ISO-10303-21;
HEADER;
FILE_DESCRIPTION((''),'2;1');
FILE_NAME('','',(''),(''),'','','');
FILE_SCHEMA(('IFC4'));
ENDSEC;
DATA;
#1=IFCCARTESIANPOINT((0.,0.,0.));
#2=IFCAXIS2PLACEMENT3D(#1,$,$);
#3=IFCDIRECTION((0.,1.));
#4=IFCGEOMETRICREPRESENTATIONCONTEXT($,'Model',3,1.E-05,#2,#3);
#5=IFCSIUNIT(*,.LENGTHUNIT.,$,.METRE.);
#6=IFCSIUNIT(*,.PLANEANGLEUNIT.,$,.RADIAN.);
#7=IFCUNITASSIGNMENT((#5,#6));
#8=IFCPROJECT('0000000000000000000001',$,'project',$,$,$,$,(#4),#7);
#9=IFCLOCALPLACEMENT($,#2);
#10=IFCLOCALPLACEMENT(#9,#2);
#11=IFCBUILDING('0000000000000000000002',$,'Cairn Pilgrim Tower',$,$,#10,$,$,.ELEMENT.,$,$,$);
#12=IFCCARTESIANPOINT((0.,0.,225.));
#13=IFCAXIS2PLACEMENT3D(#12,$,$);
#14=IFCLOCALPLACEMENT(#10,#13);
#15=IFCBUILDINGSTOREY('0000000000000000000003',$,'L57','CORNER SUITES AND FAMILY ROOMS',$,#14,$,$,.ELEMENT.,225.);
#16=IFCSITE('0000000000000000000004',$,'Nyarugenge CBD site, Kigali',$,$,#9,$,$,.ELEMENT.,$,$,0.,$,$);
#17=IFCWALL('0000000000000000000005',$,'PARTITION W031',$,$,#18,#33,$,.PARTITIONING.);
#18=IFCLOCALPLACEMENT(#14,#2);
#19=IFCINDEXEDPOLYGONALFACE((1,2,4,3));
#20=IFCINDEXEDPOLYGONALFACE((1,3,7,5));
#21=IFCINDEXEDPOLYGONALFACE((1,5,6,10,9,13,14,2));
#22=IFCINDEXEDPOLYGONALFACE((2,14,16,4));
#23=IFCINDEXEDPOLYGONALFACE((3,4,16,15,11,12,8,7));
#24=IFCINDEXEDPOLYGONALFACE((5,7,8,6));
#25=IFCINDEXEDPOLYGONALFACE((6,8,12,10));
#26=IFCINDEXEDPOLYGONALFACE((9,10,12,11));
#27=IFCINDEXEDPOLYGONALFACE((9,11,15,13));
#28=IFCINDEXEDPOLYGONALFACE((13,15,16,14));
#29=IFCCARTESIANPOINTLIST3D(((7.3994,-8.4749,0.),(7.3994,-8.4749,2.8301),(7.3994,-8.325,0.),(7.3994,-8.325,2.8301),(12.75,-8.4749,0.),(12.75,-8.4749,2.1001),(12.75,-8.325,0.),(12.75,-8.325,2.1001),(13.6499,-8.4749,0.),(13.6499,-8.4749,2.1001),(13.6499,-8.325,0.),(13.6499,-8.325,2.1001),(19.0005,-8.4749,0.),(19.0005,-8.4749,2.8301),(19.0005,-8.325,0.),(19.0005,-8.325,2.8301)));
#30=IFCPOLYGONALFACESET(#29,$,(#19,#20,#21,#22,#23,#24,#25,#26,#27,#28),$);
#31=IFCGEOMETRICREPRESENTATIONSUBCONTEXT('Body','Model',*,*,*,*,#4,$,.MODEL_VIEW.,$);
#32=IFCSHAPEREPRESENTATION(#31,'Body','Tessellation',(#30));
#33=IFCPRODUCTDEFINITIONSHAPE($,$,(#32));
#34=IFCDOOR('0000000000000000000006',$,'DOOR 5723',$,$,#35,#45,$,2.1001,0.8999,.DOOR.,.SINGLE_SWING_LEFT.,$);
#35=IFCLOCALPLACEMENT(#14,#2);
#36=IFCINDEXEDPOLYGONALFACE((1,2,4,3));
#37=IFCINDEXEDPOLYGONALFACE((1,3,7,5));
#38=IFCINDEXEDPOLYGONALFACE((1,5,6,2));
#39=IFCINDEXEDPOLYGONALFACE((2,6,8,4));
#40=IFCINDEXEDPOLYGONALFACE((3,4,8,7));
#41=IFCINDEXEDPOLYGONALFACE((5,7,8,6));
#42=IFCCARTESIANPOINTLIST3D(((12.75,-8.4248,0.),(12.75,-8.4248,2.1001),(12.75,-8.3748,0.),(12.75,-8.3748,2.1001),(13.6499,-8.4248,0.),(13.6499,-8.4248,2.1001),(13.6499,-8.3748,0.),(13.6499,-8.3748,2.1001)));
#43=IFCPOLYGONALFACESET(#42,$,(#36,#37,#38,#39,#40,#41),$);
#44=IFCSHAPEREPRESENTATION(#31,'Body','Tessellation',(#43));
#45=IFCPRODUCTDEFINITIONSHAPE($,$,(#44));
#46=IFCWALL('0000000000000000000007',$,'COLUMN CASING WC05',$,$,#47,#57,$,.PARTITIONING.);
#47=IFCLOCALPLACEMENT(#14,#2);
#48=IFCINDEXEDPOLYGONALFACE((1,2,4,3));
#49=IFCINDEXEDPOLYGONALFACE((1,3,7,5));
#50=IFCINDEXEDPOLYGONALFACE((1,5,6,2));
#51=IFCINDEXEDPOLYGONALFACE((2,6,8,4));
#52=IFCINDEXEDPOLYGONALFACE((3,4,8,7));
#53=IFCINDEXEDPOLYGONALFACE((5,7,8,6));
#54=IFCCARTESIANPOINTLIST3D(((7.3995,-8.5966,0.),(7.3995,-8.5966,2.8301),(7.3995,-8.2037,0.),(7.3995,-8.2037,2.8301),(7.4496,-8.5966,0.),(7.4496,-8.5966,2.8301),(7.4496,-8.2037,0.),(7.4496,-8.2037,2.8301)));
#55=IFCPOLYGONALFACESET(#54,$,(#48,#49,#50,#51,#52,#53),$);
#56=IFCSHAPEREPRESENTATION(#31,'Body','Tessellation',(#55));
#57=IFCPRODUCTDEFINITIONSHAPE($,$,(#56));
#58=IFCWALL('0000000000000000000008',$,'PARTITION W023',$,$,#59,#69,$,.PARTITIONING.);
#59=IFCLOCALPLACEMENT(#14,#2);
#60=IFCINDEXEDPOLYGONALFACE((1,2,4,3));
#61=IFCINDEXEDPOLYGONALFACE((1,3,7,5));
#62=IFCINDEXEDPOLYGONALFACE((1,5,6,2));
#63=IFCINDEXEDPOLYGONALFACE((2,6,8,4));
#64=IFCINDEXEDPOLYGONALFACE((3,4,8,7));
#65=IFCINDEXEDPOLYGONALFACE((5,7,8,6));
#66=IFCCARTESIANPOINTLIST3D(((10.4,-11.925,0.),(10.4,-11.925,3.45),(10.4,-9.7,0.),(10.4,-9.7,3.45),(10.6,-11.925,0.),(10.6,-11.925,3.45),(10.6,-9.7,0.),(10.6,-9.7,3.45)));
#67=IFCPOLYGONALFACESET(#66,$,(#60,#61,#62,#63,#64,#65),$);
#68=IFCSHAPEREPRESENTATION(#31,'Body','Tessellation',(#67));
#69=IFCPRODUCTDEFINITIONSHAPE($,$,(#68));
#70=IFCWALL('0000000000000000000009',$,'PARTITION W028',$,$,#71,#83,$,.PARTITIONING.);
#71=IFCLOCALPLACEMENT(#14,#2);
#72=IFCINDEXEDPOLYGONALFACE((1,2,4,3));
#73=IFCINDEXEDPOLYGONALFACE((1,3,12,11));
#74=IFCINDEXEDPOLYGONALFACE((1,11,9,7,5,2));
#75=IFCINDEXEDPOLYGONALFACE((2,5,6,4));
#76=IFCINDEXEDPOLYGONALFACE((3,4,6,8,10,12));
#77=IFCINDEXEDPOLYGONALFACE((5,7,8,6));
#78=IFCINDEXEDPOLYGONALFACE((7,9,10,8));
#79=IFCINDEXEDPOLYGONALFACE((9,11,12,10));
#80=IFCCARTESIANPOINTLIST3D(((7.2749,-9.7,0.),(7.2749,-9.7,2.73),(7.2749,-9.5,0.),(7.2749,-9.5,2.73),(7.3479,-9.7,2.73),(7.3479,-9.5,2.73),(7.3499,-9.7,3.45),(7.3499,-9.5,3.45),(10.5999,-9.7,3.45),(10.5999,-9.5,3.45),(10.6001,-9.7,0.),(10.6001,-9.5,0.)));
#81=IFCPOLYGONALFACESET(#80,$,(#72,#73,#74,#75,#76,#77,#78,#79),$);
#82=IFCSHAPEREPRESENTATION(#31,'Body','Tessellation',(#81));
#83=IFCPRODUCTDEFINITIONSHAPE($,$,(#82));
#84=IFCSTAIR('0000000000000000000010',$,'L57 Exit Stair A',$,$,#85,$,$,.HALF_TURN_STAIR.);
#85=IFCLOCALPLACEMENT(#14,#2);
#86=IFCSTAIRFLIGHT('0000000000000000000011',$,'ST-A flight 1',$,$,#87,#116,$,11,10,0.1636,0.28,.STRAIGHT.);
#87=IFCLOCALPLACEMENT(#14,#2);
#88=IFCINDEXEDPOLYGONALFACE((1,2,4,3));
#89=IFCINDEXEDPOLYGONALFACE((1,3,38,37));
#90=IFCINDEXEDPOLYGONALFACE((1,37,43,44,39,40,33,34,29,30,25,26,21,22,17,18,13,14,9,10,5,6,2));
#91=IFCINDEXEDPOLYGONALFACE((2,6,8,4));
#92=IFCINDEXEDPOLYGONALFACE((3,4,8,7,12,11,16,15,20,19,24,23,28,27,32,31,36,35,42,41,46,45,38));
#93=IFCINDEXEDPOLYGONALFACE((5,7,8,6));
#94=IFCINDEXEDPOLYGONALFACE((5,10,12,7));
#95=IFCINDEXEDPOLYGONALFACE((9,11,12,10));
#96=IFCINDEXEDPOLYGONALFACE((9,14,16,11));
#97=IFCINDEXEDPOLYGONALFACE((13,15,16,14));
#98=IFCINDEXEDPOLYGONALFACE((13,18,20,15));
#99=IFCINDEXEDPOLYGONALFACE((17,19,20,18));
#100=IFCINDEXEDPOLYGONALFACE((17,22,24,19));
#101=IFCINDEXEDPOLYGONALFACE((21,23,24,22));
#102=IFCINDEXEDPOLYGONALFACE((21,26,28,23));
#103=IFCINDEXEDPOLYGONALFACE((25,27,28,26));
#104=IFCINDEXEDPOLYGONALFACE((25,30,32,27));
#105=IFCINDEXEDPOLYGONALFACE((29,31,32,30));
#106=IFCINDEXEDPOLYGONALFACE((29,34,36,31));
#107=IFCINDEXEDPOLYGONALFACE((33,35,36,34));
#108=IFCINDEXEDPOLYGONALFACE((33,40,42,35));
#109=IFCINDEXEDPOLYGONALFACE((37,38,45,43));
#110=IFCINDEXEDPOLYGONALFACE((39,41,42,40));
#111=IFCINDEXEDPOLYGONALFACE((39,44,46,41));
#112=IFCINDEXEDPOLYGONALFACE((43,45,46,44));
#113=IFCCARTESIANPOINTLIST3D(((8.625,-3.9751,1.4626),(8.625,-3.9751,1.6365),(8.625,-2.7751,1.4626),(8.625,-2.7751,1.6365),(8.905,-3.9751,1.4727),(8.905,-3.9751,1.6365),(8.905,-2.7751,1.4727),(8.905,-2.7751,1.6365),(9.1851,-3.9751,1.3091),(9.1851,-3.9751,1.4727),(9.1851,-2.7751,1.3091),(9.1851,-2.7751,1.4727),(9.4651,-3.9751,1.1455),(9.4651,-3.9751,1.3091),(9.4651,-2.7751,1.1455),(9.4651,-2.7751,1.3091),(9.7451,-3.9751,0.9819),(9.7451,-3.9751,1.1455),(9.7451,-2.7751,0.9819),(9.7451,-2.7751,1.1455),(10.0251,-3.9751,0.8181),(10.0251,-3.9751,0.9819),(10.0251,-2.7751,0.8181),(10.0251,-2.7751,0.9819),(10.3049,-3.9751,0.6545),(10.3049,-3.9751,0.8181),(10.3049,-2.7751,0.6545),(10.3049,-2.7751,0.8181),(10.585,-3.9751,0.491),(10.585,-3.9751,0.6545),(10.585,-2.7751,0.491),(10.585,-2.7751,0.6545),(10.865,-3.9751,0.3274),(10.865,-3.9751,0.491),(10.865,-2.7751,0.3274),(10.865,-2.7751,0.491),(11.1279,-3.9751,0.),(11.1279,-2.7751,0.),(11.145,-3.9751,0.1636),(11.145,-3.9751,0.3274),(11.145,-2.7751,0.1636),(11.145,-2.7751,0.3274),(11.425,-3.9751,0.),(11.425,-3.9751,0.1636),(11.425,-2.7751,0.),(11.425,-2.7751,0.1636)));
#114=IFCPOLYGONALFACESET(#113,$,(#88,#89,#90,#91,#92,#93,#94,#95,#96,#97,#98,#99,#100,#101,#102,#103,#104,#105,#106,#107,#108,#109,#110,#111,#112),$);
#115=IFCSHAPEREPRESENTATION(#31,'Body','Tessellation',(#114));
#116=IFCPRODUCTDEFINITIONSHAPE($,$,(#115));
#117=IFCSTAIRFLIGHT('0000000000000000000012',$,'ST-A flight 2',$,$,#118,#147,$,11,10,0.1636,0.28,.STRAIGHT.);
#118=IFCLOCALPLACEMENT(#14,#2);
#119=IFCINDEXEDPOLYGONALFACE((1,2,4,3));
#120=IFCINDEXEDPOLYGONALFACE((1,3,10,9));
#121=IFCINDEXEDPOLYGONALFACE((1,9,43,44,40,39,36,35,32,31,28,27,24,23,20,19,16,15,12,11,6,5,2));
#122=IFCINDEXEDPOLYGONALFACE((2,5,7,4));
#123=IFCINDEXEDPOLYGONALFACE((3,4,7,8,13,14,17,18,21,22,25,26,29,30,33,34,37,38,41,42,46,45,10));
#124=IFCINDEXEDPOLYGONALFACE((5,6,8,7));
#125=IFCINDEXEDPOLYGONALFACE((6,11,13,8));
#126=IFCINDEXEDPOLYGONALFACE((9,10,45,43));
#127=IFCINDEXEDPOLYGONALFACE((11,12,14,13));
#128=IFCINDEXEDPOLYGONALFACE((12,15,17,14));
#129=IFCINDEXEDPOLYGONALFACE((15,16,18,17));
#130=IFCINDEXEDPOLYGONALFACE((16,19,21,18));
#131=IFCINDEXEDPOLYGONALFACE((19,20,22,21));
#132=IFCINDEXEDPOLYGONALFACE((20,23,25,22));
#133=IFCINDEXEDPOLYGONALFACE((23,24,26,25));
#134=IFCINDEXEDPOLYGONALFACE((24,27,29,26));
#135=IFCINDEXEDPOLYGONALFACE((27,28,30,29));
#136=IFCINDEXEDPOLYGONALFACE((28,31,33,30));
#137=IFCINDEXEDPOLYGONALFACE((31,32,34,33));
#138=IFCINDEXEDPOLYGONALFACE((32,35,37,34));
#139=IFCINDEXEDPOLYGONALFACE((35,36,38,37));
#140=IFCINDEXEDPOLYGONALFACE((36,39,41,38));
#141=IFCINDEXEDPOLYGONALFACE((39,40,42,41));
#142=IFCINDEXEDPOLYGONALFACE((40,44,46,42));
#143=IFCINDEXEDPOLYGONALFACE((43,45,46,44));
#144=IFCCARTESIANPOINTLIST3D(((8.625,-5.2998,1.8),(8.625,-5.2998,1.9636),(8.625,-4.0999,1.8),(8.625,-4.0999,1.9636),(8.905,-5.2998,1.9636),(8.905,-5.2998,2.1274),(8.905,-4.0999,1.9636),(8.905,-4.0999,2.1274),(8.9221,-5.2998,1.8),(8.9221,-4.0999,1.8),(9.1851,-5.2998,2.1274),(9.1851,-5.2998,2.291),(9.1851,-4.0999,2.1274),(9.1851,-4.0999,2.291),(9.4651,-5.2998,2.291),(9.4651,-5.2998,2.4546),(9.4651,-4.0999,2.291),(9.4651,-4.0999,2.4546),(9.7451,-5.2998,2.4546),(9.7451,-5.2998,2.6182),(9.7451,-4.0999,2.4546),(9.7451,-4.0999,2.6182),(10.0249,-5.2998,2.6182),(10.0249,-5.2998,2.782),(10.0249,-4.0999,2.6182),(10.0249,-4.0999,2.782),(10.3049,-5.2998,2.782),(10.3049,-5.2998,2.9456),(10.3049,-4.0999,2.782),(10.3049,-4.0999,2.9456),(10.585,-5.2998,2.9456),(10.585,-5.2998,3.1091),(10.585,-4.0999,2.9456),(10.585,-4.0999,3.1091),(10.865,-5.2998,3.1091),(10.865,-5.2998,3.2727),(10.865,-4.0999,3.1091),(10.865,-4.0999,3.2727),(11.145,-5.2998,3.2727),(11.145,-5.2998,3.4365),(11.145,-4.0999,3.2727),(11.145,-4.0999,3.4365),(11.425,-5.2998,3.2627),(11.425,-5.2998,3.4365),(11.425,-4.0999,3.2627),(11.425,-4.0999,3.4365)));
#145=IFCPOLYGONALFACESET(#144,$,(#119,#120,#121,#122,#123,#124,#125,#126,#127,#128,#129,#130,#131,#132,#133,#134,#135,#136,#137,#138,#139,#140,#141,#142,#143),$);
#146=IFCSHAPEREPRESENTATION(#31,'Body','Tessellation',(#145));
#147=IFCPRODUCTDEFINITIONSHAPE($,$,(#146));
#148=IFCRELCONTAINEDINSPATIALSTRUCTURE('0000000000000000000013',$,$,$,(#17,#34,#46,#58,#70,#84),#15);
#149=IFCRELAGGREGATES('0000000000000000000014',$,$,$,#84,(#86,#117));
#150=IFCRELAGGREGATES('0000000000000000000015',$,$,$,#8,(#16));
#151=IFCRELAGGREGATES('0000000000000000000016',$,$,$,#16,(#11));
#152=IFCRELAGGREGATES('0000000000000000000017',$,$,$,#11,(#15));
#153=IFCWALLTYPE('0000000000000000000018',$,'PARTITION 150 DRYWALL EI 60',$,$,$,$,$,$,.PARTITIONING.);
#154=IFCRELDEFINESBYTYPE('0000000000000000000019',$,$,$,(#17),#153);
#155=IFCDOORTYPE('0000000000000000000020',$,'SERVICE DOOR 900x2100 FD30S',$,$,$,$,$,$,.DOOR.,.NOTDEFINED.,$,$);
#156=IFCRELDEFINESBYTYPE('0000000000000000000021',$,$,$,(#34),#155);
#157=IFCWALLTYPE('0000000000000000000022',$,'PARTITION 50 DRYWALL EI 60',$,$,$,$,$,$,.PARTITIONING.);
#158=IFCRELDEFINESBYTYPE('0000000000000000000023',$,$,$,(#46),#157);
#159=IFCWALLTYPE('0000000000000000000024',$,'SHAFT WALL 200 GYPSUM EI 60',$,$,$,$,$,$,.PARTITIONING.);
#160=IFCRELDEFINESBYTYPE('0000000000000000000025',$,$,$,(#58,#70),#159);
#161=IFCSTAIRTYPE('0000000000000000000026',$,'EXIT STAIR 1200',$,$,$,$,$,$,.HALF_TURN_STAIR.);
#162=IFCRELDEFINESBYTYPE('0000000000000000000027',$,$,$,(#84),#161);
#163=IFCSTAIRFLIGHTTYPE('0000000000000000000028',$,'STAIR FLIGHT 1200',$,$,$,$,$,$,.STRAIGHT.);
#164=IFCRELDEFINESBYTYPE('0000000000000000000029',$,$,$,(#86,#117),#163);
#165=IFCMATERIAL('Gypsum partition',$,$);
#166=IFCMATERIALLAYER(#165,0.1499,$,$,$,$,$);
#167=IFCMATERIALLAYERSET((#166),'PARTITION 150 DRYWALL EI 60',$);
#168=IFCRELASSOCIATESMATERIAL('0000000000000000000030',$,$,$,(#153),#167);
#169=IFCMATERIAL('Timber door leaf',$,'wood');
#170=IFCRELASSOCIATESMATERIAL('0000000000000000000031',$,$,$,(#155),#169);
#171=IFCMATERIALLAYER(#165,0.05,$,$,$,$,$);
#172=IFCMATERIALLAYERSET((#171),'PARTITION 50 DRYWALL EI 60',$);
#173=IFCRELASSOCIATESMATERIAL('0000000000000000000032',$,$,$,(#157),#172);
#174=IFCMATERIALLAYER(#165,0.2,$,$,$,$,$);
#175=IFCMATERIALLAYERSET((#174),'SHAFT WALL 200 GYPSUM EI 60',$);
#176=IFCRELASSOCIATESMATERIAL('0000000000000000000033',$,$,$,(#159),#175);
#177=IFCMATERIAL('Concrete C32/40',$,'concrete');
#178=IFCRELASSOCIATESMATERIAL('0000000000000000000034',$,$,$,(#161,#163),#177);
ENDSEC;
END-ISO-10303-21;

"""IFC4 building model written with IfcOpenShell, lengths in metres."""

from ifc_helpers import new_model, si_unit, direction, frame, frame_2d, origin, place, context, subcontext, project, spatial, polyline, rectangle, outline, extrude, material, layer, layer_set, type_object, element, fill, aggregate, save


model = new_model("IFC4")

# Units and contexts
model_context = context("Model", 3, precision=1e-05, world=origin(), true_north=direction((0.0, 1.0)))
body_context = subcontext(model_context, "Body", "Model", "MODEL_VIEW")
ifc_project = project(units=[si_unit("LENGTHUNIT", "METRE"), si_unit("PLANEANGLEUNIT", "RADIAN")], contexts=[model_context])

# Site, building, storey
site_placement = place(None, origin())
site = spatial("IfcSite", under=ifc_project, at=site_placement, Name="Nyarugenge CBD site, Kigali", CompositionType="ELEMENT", RefElevation=0.0)
building_placement = place(site_placement, origin())
building = spatial("IfcBuilding", under=site, at=building_placement, Name="Cairn Pilgrim Tower", CompositionType="ELEMENT")
storey_placement = place(building_placement, frame((0.0, 0.0, 225.0)))
storey = spatial("IfcBuildingStorey", under=building, at=storey_placement, Name="L57", Description="CORNER SUITES AND FAMILY ROOMS", CompositionType="ELEMENT", Elevation=225.0)

# Shared definitions
ifc_material_1 = material(Name="Concrete C32/40", Category="concrete")

# Wall, opening, door
ifc_material_2 = material(Name="Gypsum partition")
ifc_layer_1 = layer(ifc_material_2, 0.1499)
ifc_layer_set_1 = layer_set([ifc_layer_1], Name="PARTITION 150 DRYWALL EI 60")
wall_type_1 = type_object("IfcWallType", Name="PARTITION 150 DRYWALL EI 60", PredefinedType="PARTITIONING", material=ifc_layer_set_1)
wall_1_placement = place(storey_placement, frame((7.3994, -8.3999, 0.0), z_axis=(0.0, 0.0, 1.0), x_axis=(1.0, 0.0, 0.0)))
wall_1 = element("IfcWall", 1, at=wall_1_placement, inside=storey, type_object=wall_type_1, Name="PARTITION W031", PredefinedType="PARTITIONING", context=body_context, shape_type="SweptSolid", body=[
    extrude(rectangle(XDim=11.6011, YDim=0.1499, at=frame_2d((5.8005, 0.0))), origin(), (0.0, 0.0, 1.0), 2.8301),
])
opening_1_placement = place(wall_1_placement, frame((5.3506, 0.0, 0.0)))
opening_1 = element("IfcOpeningElement", 2, at=opening_1_placement, cuts=wall_1, PredefinedType="OPENING", context=body_context, shape_type="SweptSolid", body=[
    extrude(rectangle(XDim=0.8999, YDim=2.1001, at=frame_2d((0.45, 1.05))), frame((0.0, 0.085, 0.0), z_axis=(0.0, -1.0, 0.0), x_axis=(1.0, 0.0, 0.0)), (0.0, 0.0, 1.0), 0.1699),
])
ifc_material_3 = material(Name="Timber door leaf", Category="wood")
door_type_1 = type_object("IfcDoorType", Name="SERVICE DOOR 900x2100 FD30S", OperationType="NOTDEFINED", PredefinedType="DOOR", material=ifc_material_3)
door_1_placement = place(opening_1_placement, frame((0.8999, 0.0, 0.0), z_axis=(0.0, 0.0, 1.0), x_axis=(-1.0, 0.0, 0.0)))
door_1 = element("IfcDoor", 3, at=door_1_placement, inside=storey, type_object=door_type_1, Name="DOOR 5723", OperationType="SINGLE_SWING_LEFT", OverallHeight=2.1001, OverallWidth=0.8999, PredefinedType="DOOR", context=body_context, shape_type="SweptSolid", body=[
    extrude(rectangle(XDim=0.8999, YDim=2.1001, at=frame_2d((0.45, 1.05))), frame((0.0, 0.0249, 0.0), z_axis=(0.0, -1.0, 0.0), x_axis=(1.0, 0.0, 0.0)), (0.0, 0.0, 1.0), 0.05),
])
fill(opening_1, door_1)

# Walls
ifc_layer_2 = layer(ifc_material_2, 0.05)
ifc_layer_set_2 = layer_set([ifc_layer_2], Name="PARTITION 50 DRYWALL EI 60")
wall_type_2 = type_object("IfcWallType", Name="PARTITION 50 DRYWALL EI 60", PredefinedType="PARTITIONING", material=ifc_layer_set_2)
wall_2_placement = place(storey_placement, frame((7.4246, -8.5964, 0.0), z_axis=(0.0, 0.0, 1.0), x_axis=(0.0, 1.0, 0.0)))
element("IfcWall", 4, at=wall_2_placement, inside=storey, type_object=wall_type_2, Name="COLUMN CASING WC05", PredefinedType="PARTITIONING", context=body_context, shape_type="SweptSolid", body=[
    extrude(rectangle(XDim=0.3928, YDim=0.05, at=frame_2d((0.1963, 0.0))), origin(), (0.0, 0.0, 1.0), 2.8301),
])
ifc_layer_3 = layer(ifc_material_2, 0.2)
ifc_layer_set_3 = layer_set([ifc_layer_3], Name="SHAFT WALL 200 GYPSUM EI 60")
wall_type_3 = type_object("IfcWallType", Name="SHAFT WALL 200 GYPSUM EI 60", PredefinedType="PARTITIONING", material=ifc_layer_set_3)
wall_3_placement = place(storey_placement, frame((10.5, -11.925, 0.0), z_axis=(0.0, 0.0, 1.0), x_axis=(0.0, 1.0, 0.0)))
element("IfcWall", 5, at=wall_3_placement, inside=storey, type_object=wall_type_3, Name="PARTITION W023", PredefinedType="PARTITIONING", context=body_context, shape_type="SweptSolid", body=[
    extrude(rectangle(XDim=2.2251, YDim=0.2, at=frame_2d((1.1125, 0.0))), origin(), (0.0, 0.0, 1.0), 3.45),
])
wall_4_placement = place(storey_placement, frame((7.2749, -9.6001, 0.0), z_axis=(0.0, 0.0, 1.0), x_axis=(1.0, 0.0, 0.0)))
element("IfcWall", 6, at=wall_4_placement, inside=storey, type_object=wall_type_3, Name="PARTITION W028", PredefinedType="PARTITIONING", context=body_context, shape_type="SweptSolid", body=[
    extrude(outline(polyline([(0.0, 0.0), (3.3252, 0.0), (3.325, 3.45), (0.075, 3.45), (0.073, 2.73), (0.0, 2.73), (0.0, 0.0)])), frame((0.0, 0.1001, 0.0), z_axis=(0.0, -1.0, 0.0), x_axis=(1.0, 0.0, 0.0)), (0.0, 0.0, 1.0), 0.2),
])

# Stair, stair flights
stair_type = type_object("IfcStairType", Name="EXIT STAIR 1200", PredefinedType="HALF_TURN_STAIR", material=ifc_material_1)
stair_placement = place(storey_placement, origin())
stair = element("IfcStair", 7, at=stair_placement, inside=storey, type_object=stair_type, Name="L57 Exit Stair A", PredefinedType="HALF_TURN_STAIR")
stair_flight_type = type_object("IfcStairFlightType", Name="STAIR FLIGHT 1200", PredefinedType="STRAIGHT", material=ifc_material_1)
stair_flight_1_placement = place(storey_placement, frame((11.425, -3.375, 0.0), z_axis=(0.0, 0.0, 1.0), x_axis=(-1.0, 0.0, 0.0)))
stair_flight_1 = element("IfcStairFlight", 8, at=stair_flight_1_placement, type_object=stair_flight_type, Name="ST-A flight 1", NumberOfRisers=11, NumberOfTreads=10, PredefinedType="STRAIGHT", RiserHeight=0.1636, TreadLength=0.28, context=body_context, shape_type="SweptSolid", body=[
    extrude(outline(polyline([(0.0, 0.0), (0.0, 0.1636), (0.28, 0.1636), (0.28, 0.3274), (0.5601, 0.3274), (0.5601, 0.491), (0.8401, 0.491), (0.8401, 0.6545), (1.1201, 0.6545), (1.1201, 0.8181), (1.3999, 0.8181), (1.3999, 0.9819), (1.6799, 0.9819), (1.6799, 1.1455), (1.96, 1.1455), (1.96, 1.3091), (2.24, 1.3091), (2.24, 1.4727), (2.52, 1.4727), (2.52, 1.6365), (2.8, 1.6365), (2.8, 1.8), (2.8, 1.4626), (0.2971, 0.0), (0.0, 0.0)])), frame((0.0, 0.6001, 0.0), z_axis=(0.0, -1.0, 0.0), x_axis=(1.0, 0.0, 0.0)), (0.0, 0.0, 1.0), 1.2),
])
stair_flight_2_placement = place(storey_placement, frame((8.625, -4.7, 1.8), z_axis=(0.0, 0.0, 1.0), x_axis=(1.0, 0.0, 0.0)))
stair_flight_2 = element("IfcStairFlight", 9, at=stair_flight_2_placement, type_object=stair_flight_type, Name="ST-A flight 2", NumberOfRisers=11, NumberOfTreads=10, PredefinedType="STRAIGHT", RiserHeight=0.1636, TreadLength=0.28, context=body_context, shape_type="SweptSolid", body=[
    extrude(outline(polyline([(0.0, 0.0), (0.0, 0.1636), (0.28, 0.1636), (0.28, 0.3274), (0.5601, 0.3274), (0.5601, 0.491), (0.8401, 0.491), (0.8401, 0.6545), (1.1201, 0.6545), (1.1201, 0.8181), (1.3999, 0.8181), (1.3999, 0.9819), (1.6799, 0.9819), (1.6799, 1.1455), (1.96, 1.1455), (1.96, 1.3091), (2.24, 1.3091), (2.24, 1.4727), (2.52, 1.4727), (2.52, 1.6365), (2.8, 1.6365), (2.8, 1.8), (2.8, 1.4626), (0.2971, 0.0), (0.0, 0.0)])), frame((0.0, 0.6001, 0.0), z_axis=(0.0, -1.0, 0.0), x_axis=(1.0, 0.0, 0.0)), (0.0, 0.0, 1.0), 1.2),
])
aggregate(stair, [stair_flight_1, stair_flight_2])

save(model, "model.ifc")
